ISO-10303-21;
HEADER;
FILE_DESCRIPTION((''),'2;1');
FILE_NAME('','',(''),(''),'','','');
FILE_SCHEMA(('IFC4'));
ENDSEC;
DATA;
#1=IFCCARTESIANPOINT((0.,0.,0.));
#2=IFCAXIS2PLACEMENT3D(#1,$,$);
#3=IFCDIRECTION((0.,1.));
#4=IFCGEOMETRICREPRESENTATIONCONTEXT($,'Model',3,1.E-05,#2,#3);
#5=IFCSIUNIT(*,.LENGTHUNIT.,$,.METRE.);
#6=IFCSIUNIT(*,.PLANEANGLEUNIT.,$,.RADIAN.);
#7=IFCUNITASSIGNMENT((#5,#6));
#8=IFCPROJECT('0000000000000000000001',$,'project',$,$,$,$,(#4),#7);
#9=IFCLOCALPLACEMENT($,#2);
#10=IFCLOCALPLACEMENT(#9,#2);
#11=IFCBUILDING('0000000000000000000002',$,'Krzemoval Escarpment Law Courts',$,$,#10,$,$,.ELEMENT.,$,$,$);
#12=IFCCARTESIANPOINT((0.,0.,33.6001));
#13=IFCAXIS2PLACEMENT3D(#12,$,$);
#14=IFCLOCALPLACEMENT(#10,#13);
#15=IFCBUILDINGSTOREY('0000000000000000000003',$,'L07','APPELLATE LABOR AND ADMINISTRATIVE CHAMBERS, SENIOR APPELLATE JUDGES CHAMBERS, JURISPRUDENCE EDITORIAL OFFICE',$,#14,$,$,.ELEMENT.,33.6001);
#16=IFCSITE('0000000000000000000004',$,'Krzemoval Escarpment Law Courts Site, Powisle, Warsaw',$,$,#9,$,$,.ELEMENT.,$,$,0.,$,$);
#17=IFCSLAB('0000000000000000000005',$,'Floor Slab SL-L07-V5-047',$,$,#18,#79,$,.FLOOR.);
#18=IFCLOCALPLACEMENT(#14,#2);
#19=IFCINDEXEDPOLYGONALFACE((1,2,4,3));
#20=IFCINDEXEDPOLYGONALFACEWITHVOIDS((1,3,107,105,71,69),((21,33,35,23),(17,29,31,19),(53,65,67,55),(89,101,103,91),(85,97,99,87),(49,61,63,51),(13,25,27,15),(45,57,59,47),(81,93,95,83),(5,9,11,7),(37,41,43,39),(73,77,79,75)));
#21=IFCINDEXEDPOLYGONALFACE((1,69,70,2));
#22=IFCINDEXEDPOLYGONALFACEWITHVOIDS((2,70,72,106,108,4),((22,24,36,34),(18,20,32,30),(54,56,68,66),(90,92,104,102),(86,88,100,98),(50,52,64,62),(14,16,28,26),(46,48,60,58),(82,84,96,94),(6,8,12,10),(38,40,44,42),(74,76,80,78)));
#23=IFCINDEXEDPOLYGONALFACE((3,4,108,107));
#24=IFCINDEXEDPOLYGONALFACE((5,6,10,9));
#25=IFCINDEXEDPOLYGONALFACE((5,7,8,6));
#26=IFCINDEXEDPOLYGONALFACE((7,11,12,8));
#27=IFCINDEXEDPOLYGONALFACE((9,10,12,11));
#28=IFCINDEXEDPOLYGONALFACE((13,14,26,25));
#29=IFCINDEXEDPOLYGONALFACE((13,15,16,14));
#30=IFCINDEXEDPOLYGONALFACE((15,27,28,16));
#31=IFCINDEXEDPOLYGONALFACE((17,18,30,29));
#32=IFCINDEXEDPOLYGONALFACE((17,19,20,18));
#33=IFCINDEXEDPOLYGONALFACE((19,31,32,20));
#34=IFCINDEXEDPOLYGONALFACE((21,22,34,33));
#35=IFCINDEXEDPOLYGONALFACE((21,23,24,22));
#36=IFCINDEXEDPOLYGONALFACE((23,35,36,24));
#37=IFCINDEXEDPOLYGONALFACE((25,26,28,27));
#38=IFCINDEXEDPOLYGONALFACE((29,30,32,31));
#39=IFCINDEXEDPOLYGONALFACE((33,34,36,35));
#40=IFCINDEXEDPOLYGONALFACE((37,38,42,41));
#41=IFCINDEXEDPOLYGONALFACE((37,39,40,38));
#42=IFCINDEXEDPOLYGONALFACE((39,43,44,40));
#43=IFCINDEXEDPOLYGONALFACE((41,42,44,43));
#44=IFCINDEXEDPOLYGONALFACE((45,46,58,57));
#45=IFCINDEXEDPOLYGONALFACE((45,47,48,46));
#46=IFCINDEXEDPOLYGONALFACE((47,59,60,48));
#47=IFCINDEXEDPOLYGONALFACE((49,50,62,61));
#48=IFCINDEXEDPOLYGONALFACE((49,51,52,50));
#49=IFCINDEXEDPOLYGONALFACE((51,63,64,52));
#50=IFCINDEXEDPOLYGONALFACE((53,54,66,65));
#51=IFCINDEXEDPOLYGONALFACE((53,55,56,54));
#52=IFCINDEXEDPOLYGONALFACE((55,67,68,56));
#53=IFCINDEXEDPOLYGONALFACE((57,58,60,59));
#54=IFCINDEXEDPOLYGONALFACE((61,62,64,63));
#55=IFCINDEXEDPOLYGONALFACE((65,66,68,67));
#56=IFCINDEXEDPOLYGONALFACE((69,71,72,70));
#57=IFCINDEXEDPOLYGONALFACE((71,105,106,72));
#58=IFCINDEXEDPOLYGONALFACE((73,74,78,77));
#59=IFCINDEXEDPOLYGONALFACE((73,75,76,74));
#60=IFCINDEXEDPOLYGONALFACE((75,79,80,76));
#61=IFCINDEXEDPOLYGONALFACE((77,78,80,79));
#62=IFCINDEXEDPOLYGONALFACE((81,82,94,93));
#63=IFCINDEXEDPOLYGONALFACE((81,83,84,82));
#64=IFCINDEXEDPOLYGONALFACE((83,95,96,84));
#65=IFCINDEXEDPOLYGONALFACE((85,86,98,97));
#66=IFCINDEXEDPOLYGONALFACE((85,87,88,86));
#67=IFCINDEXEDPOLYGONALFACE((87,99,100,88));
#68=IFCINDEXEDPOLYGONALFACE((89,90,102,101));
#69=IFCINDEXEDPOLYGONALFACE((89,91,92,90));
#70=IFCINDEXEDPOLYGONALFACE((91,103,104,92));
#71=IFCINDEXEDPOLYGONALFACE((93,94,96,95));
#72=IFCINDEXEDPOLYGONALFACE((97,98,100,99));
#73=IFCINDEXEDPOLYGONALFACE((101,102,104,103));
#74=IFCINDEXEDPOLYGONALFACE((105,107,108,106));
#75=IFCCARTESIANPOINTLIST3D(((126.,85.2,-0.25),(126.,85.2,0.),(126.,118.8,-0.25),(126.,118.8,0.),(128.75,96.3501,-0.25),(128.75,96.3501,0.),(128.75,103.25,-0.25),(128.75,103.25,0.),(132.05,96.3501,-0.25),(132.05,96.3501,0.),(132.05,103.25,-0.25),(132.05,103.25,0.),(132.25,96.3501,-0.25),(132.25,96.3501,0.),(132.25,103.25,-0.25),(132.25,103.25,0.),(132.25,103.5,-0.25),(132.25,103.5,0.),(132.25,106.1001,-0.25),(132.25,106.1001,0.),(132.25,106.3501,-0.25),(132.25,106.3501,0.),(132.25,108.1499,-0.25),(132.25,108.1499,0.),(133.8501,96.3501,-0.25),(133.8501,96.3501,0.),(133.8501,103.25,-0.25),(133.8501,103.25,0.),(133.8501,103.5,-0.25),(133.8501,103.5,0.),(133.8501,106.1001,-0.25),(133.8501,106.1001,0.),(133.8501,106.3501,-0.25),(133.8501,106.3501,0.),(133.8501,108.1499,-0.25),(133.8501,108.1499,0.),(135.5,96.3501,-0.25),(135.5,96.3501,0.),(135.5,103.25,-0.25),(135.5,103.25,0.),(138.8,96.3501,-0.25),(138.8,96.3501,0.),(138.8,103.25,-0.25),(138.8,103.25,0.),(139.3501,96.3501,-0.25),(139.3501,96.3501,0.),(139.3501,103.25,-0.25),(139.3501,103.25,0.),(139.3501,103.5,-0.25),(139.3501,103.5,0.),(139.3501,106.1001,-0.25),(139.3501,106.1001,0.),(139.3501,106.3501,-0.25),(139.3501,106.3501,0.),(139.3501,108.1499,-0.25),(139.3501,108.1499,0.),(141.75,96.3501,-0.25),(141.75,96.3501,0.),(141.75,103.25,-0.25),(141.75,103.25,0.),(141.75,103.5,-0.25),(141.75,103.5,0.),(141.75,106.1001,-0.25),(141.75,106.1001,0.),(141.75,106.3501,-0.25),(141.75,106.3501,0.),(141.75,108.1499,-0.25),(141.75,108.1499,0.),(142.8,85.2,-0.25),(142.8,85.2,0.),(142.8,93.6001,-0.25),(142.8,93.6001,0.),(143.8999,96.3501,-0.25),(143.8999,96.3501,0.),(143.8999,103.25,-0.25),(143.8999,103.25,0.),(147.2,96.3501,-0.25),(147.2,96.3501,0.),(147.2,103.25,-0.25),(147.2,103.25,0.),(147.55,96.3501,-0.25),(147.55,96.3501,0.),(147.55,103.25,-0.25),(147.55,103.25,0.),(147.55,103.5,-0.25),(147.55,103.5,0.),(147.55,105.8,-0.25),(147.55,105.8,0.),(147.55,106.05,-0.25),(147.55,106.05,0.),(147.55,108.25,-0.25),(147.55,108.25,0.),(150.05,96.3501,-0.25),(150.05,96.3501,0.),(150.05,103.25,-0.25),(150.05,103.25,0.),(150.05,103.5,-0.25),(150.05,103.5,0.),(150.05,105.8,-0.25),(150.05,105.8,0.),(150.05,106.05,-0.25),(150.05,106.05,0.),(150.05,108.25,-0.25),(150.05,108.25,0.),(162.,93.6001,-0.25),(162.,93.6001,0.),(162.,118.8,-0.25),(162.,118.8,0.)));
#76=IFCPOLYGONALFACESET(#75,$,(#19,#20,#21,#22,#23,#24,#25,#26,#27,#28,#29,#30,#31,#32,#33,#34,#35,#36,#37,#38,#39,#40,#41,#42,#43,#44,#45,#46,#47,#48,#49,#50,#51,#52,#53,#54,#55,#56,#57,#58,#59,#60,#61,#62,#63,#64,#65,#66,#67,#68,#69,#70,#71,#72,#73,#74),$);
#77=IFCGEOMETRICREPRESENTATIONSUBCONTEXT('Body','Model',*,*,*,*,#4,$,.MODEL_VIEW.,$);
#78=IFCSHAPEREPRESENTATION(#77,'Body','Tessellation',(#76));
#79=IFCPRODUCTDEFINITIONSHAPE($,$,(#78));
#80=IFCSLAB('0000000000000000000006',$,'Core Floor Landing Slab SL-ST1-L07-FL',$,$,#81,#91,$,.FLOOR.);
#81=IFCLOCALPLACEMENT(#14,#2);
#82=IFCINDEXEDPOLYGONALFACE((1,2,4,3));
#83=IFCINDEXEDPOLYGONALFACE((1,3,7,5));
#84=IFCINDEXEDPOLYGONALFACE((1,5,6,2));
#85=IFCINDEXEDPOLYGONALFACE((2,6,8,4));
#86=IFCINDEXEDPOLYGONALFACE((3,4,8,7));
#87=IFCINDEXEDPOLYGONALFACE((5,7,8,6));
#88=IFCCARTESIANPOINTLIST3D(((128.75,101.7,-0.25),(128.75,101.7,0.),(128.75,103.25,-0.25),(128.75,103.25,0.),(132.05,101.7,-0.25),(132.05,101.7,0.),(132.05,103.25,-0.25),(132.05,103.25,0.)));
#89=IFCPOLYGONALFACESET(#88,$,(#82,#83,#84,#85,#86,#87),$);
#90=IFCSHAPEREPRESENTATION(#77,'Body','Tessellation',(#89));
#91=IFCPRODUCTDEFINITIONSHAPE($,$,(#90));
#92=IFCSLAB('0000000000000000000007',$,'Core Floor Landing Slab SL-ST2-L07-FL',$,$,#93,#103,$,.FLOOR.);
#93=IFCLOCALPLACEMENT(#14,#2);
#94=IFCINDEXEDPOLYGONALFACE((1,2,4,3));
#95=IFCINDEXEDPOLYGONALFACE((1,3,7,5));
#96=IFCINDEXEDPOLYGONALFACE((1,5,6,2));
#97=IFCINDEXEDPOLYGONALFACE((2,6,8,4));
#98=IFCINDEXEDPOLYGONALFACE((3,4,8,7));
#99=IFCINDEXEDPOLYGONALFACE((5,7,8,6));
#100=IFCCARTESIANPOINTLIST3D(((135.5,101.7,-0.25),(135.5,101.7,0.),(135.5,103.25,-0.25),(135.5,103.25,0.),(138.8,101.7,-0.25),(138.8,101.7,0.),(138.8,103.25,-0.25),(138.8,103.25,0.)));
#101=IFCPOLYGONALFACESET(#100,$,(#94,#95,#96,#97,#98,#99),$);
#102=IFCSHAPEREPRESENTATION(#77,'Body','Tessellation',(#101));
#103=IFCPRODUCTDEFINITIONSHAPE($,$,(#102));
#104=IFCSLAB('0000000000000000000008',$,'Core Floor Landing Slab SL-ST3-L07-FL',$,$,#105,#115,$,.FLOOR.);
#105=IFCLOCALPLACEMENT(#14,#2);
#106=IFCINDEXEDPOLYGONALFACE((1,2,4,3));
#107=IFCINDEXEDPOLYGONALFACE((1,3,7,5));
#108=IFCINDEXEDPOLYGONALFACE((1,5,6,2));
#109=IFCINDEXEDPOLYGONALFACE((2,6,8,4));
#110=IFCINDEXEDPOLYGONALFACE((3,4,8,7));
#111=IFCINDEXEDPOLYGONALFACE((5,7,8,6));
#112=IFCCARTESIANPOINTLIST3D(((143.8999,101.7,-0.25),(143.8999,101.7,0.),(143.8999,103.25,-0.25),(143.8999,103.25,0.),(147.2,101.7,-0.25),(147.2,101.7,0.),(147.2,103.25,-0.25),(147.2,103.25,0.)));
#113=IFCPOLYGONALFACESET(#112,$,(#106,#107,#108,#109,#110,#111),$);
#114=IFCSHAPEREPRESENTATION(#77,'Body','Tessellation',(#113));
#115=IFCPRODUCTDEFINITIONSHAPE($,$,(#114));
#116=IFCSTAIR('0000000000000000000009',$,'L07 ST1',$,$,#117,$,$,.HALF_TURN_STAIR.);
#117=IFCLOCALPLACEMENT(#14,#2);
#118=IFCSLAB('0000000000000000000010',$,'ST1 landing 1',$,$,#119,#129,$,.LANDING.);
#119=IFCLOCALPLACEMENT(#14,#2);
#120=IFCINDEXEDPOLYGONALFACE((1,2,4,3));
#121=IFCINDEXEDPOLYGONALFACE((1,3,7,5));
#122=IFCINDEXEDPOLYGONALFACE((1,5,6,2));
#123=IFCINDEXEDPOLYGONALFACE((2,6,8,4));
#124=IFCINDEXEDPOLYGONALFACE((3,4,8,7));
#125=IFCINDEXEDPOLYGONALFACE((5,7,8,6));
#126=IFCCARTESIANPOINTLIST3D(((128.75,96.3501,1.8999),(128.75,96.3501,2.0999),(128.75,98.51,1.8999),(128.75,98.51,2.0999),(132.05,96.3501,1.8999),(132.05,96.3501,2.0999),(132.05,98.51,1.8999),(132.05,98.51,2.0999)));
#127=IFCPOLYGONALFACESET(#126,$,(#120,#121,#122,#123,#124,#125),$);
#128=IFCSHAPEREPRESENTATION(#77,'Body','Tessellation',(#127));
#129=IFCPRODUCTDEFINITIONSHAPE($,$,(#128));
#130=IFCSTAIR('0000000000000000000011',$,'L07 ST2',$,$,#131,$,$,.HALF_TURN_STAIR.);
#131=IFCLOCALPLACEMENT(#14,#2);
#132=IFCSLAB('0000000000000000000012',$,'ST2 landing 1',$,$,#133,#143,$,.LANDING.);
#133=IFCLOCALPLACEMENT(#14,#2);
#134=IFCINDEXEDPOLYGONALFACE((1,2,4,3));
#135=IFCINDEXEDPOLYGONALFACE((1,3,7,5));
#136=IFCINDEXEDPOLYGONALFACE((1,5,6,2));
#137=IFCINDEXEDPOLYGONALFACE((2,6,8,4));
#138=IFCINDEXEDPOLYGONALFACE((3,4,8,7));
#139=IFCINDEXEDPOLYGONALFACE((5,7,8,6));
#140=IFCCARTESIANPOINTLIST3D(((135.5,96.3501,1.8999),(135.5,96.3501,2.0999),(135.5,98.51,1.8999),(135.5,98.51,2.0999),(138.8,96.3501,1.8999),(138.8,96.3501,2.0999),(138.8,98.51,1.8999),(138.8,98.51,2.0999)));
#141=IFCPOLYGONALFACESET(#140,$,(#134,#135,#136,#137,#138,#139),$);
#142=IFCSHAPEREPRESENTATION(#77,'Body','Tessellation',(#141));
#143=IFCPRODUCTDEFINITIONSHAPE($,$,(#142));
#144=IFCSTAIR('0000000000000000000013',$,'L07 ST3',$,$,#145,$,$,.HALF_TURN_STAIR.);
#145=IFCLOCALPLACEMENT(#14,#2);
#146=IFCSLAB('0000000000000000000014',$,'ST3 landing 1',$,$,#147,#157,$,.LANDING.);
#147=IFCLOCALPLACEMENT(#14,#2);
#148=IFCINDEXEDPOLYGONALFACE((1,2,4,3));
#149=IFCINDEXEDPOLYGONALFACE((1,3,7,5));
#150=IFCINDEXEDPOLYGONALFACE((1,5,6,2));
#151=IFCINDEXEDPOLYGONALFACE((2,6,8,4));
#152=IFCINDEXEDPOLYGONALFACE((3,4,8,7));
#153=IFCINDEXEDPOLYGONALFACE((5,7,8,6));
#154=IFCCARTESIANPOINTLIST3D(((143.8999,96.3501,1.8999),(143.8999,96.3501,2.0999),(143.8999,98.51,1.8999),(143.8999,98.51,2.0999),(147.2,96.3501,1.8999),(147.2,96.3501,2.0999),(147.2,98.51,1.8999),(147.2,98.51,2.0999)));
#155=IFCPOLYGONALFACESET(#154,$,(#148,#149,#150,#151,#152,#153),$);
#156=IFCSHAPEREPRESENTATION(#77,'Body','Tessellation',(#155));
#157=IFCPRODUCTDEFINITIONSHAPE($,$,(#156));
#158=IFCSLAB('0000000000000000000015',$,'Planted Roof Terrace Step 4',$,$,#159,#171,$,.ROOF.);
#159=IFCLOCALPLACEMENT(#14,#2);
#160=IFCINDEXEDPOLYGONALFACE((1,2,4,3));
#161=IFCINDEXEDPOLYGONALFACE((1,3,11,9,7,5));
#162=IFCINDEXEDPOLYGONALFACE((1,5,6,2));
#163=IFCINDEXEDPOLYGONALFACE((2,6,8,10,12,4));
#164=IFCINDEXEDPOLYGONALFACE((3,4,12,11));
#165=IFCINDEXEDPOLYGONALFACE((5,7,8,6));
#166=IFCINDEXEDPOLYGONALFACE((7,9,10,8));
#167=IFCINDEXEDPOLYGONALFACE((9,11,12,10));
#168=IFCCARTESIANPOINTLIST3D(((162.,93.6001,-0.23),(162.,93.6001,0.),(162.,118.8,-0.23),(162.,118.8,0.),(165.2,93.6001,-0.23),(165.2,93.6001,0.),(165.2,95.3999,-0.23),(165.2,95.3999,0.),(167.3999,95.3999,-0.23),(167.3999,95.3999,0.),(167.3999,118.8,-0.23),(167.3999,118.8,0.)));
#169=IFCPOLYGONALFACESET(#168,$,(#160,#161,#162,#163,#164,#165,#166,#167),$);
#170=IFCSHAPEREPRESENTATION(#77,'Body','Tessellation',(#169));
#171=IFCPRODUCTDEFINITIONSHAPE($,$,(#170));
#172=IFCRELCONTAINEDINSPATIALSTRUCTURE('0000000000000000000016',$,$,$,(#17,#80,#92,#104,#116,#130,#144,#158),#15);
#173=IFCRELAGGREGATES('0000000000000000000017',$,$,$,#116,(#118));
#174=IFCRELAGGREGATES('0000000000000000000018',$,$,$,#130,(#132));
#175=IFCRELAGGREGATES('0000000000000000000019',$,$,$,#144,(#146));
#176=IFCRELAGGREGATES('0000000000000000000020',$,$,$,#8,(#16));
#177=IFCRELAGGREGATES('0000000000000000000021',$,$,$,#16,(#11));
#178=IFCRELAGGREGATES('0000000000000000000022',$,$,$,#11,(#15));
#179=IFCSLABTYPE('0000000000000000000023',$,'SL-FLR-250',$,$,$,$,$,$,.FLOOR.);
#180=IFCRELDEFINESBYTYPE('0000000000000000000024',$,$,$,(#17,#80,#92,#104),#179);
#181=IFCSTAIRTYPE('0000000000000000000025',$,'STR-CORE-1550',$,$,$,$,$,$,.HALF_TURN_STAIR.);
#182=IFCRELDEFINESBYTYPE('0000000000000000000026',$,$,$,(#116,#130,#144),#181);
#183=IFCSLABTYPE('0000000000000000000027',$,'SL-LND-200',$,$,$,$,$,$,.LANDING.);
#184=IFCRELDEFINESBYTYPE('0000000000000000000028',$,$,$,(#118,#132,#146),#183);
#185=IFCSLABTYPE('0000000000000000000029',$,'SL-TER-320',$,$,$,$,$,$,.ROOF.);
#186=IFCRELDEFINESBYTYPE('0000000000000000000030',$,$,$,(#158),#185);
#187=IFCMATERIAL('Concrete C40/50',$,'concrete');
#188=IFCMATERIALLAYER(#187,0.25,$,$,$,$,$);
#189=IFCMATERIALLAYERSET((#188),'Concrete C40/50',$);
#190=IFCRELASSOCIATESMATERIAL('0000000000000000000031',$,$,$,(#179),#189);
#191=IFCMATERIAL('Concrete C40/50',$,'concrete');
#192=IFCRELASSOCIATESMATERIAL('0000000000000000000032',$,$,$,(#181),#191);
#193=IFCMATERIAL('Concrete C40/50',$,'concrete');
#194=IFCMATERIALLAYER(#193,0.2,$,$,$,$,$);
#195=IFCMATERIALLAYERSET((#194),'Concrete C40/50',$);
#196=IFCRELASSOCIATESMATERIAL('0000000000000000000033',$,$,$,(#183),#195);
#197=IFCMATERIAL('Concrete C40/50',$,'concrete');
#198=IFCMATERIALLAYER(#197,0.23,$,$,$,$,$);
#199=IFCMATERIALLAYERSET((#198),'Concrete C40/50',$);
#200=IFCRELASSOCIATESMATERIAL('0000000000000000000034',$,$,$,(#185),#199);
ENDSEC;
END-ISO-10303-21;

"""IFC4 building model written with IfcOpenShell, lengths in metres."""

from ifc_helpers import new_model, si_unit, direction, frame, origin, place, context, subcontext, project, spatial, polyline, outline, extrude, material, layer, layer_set, type_object, element, aggregate, save


model = new_model("IFC4")

# Units and contexts
model_context = context("Model", 3, precision=1e-05, world=origin(), true_north=direction((0.0, 1.0)))
body_context = subcontext(model_context, "Body", "Model", "MODEL_VIEW")
ifc_project = project(units=[si_unit("LENGTHUNIT", "METRE"), si_unit("PLANEANGLEUNIT", "RADIAN")], contexts=[model_context])

# Site, building, storey
site_placement = place(None, origin())
site = spatial("IfcSite", under=ifc_project, at=site_placement, Name="Krzemoval Escarpment Law Courts Site, Powisle, Warsaw", CompositionType="ELEMENT", RefElevation=0.0)
building_placement = place(site_placement, origin())
building = spatial("IfcBuilding", under=site, at=building_placement, Name="Krzemoval Escarpment Law Courts", CompositionType="ELEMENT")
storey_placement = place(building_placement, frame((0.0, 0.0, 33.6001)))
storey = spatial("IfcBuildingStorey", under=building, at=storey_placement, Name="L07", Description="APPELLATE LABOR AND ADMINISTRATIVE CHAMBERS, SENIOR APPELLATE JUDGES CHAMBERS, JURISPRUDENCE EDITORIAL OFFICE", CompositionType="ELEMENT", Elevation=33.6001)

# Slabs
ifc_material_1 = material(Name="Concrete C40/50", Category="concrete")
ifc_layer_1 = layer(ifc_material_1, 0.25)
ifc_layer_set_1 = layer_set([ifc_layer_1], Name="Concrete C40/50")
slab_type_1 = type_object("IfcSlabType", Name="SL-FLR-250", PredefinedType="FLOOR", material=ifc_layer_set_1)
slab_1_placement = place(storey_placement, frame((0.0, 0.0, -0.25)))
element("IfcSlab", 1, at=slab_1_placement, inside=storey, type_object=slab_type_1, Name="Floor Slab SL-L07-V5-047", PredefinedType="FLOOR", context=body_context, shape_type="SweptSolid", body=[
    extrude(outline(polyline([(142.8, 93.6001), (142.8, 85.2), (126.0, 85.2), (126.0, 118.8), (162.0, 118.8), (162.0, 93.6001), (142.8, 93.6001)]), holes=[polyline([(133.8501, 103.5), (133.8501, 106.1001), (132.25, 106.1001), (132.25, 103.5), (133.8501, 103.5)]), polyline([(132.25, 106.3501), (133.8501, 106.3501), (133.8501, 108.1499), (132.25, 108.1499), (132.25, 106.3501)]), polyline([(132.25, 103.25), (132.25, 96.3501), (133.8501, 96.3501), (133.8501, 103.25), (132.25, 103.25)]), polyline([(141.75, 106.1001), (139.3501, 106.1001), (139.3501, 103.5), (141.75, 103.5), (141.75, 106.1001)]), polyline([(141.75, 106.3501), (141.75, 108.1499), (139.3501, 108.1499), (139.3501, 106.3501), (141.75, 106.3501)]), polyline([(139.3501, 96.3501), (141.75, 96.3501), (141.75, 103.25), (139.3501, 103.25), (139.3501, 96.3501)]), polyline([(147.55, 105.8), (147.55, 103.5), (150.05, 103.5), (150.05, 105.8), (147.55, 105.8)]), polyline([(150.05, 108.25), (147.55, 108.25), (147.55, 106.05), (150.05, 106.05), (150.05, 108.25)]), polyline([(150.05, 96.3501), (150.05, 103.25), (147.55, 103.25), (147.55, 96.3501), (150.05, 96.3501)]), polyline([(128.75, 96.3501), (132.05, 96.3501), (132.05, 103.25), (128.75, 103.25), (128.75, 96.3501)]), polyline([(135.5, 103.25), (135.5, 96.3501), (138.8, 96.3501), (138.8, 103.25), (135.5, 103.25)]), polyline([(147.2, 103.25), (143.8999, 103.25), (143.8999, 96.3501), (147.2, 96.3501), (147.2, 103.25)])]), origin(), (0.0, 0.0, 1.0), 0.25),
])
slab_2_placement = place(storey_placement, frame((0.0, 0.0, -0.25)))
element("IfcSlab", 2, at=slab_2_placement, inside=storey, type_object=slab_type_1, Name="Core Floor Landing Slab SL-ST1-L07-FL", PredefinedType="FLOOR", context=body_context, shape_type="SweptSolid", body=[
    extrude(outline(polyline([(128.75, 103.25), (128.75, 101.7), (132.05, 101.7), (132.05, 103.25), (128.75, 103.25)])), origin(), (0.0, 0.0, 1.0), 0.25),
])
slab_3_placement = place(storey_placement, frame((0.0, 0.0, -0.25)))
element("IfcSlab", 3, at=slab_3_placement, inside=storey, type_object=slab_type_1, Name="Core Floor Landing Slab SL-ST2-L07-FL", PredefinedType="FLOOR", context=body_context, shape_type="SweptSolid", body=[
    extrude(outline(polyline([(135.5, 103.25), (135.5, 101.7), (138.8, 101.7), (138.8, 103.25), (135.5, 103.25)])), origin(), (0.0, 0.0, 1.0), 0.25),
])
slab_4_placement = place(storey_placement, frame((0.0, 0.0, -0.25)))
element("IfcSlab", 4, at=slab_4_placement, inside=storey, type_object=slab_type_1, Name="Core Floor Landing Slab SL-ST3-L07-FL", PredefinedType="FLOOR", context=body_context, shape_type="SweptSolid", body=[
    extrude(outline(polyline([(143.8999, 103.25), (143.8999, 101.7), (147.2, 101.7), (147.2, 103.25), (143.8999, 103.25)])), origin(), (0.0, 0.0, 1.0), 0.25),
])

# Stairs, slabs
ifc_material_2 = material(Name="Concrete C40/50", Category="concrete")
stair_type = type_object("IfcStairType", Name="STR-CORE-1550", PredefinedType="HALF_TURN_STAIR", material=ifc_material_2)
stair_1_placement = place(storey_placement, origin())
stair_1 = element("IfcStair", 5, at=stair_1_placement, inside=storey, type_object=stair_type, Name="L07 ST1", PredefinedType="HALF_TURN_STAIR")
ifc_material_3 = material(Name="Concrete C40/50", Category="concrete")
ifc_layer_2 = layer(ifc_material_3, 0.2)
ifc_layer_set_2 = layer_set([ifc_layer_2], Name="Concrete C40/50")
slab_type_2 = type_object("IfcSlabType", Name="SL-LND-200", PredefinedType="LANDING", material=ifc_layer_set_2)
slab_5_placement = place(storey_placement, frame((0.0, 0.0, 1.8999)))
slab_5 = element("IfcSlab", 6, at=slab_5_placement, type_object=slab_type_2, Name="ST1 landing 1", PredefinedType="LANDING", context=body_context, shape_type="SweptSolid", body=[
    extrude(outline(polyline([(128.75, 98.51), (128.75, 96.3501), (132.05, 96.3501), (132.05, 98.51), (128.75, 98.51)])), origin(), (0.0, 0.0, 1.0), 0.2),
])
aggregate(stair_1, [slab_5])
stair_2_placement = place(storey_placement, origin())
stair_2 = element("IfcStair", 7, at=stair_2_placement, inside=storey, type_object=stair_type, Name="L07 ST2", PredefinedType="HALF_TURN_STAIR")
slab_6_placement = place(storey_placement, frame((0.0, 0.0, 1.8999)))
slab_6 = element("IfcSlab", 8, at=slab_6_placement, type_object=slab_type_2, Name="ST2 landing 1", PredefinedType="LANDING", context=body_context, shape_type="SweptSolid", body=[
    extrude(outline(polyline([(135.5, 98.51), (135.5, 96.3501), (138.8, 96.3501), (138.8, 98.51), (135.5, 98.51)])), origin(), (0.0, 0.0, 1.0), 0.2),
])
aggregate(stair_2, [slab_6])
stair_3_placement = place(storey_placement, origin())
stair_3 = element("IfcStair", 9, at=stair_3_placement, inside=storey, type_object=stair_type, Name="L07 ST3", PredefinedType="HALF_TURN_STAIR")
slab_7_placement = place(storey_placement, frame((0.0, 0.0, 1.8999)))
slab_7 = element("IfcSlab", 10, at=slab_7_placement, type_object=slab_type_2, Name="ST3 landing 1", PredefinedType="LANDING", context=body_context, shape_type="SweptSolid", body=[
    extrude(outline(polyline([(143.8999, 98.51), (143.8999, 96.3501), (147.2, 96.3501), (147.2, 98.51), (143.8999, 98.51)])), origin(), (0.0, 0.0, 1.0), 0.2),
])
aggregate(stair_3, [slab_7])

# Slab
ifc_material_4 = material(Name="Concrete C40/50", Category="concrete")
ifc_layer_3 = layer(ifc_material_4, 0.23)
ifc_layer_set_3 = layer_set([ifc_layer_3], Name="Concrete C40/50")
slab_type_3 = type_object("IfcSlabType", Name="SL-TER-320", PredefinedType="ROOF", material=ifc_layer_set_3)
slab_8_placement = place(storey_placement, frame((0.0, 0.0, -0.23)))
element("IfcSlab", 11, at=slab_8_placement, inside=storey, type_object=slab_type_3, Name="Planted Roof Terrace Step 4", PredefinedType="ROOF", context=body_context, shape_type="SweptSolid", body=[
    extrude(outline(polyline([(162.0, 118.8), (167.3999, 118.8), (167.3999, 95.3999), (165.2, 95.3999), (165.2, 93.6001), (162.0, 93.6001), (162.0, 118.8)])), origin(), (0.0, 0.0, 1.0), 0.23),
])

save(model, "model.ifc")
